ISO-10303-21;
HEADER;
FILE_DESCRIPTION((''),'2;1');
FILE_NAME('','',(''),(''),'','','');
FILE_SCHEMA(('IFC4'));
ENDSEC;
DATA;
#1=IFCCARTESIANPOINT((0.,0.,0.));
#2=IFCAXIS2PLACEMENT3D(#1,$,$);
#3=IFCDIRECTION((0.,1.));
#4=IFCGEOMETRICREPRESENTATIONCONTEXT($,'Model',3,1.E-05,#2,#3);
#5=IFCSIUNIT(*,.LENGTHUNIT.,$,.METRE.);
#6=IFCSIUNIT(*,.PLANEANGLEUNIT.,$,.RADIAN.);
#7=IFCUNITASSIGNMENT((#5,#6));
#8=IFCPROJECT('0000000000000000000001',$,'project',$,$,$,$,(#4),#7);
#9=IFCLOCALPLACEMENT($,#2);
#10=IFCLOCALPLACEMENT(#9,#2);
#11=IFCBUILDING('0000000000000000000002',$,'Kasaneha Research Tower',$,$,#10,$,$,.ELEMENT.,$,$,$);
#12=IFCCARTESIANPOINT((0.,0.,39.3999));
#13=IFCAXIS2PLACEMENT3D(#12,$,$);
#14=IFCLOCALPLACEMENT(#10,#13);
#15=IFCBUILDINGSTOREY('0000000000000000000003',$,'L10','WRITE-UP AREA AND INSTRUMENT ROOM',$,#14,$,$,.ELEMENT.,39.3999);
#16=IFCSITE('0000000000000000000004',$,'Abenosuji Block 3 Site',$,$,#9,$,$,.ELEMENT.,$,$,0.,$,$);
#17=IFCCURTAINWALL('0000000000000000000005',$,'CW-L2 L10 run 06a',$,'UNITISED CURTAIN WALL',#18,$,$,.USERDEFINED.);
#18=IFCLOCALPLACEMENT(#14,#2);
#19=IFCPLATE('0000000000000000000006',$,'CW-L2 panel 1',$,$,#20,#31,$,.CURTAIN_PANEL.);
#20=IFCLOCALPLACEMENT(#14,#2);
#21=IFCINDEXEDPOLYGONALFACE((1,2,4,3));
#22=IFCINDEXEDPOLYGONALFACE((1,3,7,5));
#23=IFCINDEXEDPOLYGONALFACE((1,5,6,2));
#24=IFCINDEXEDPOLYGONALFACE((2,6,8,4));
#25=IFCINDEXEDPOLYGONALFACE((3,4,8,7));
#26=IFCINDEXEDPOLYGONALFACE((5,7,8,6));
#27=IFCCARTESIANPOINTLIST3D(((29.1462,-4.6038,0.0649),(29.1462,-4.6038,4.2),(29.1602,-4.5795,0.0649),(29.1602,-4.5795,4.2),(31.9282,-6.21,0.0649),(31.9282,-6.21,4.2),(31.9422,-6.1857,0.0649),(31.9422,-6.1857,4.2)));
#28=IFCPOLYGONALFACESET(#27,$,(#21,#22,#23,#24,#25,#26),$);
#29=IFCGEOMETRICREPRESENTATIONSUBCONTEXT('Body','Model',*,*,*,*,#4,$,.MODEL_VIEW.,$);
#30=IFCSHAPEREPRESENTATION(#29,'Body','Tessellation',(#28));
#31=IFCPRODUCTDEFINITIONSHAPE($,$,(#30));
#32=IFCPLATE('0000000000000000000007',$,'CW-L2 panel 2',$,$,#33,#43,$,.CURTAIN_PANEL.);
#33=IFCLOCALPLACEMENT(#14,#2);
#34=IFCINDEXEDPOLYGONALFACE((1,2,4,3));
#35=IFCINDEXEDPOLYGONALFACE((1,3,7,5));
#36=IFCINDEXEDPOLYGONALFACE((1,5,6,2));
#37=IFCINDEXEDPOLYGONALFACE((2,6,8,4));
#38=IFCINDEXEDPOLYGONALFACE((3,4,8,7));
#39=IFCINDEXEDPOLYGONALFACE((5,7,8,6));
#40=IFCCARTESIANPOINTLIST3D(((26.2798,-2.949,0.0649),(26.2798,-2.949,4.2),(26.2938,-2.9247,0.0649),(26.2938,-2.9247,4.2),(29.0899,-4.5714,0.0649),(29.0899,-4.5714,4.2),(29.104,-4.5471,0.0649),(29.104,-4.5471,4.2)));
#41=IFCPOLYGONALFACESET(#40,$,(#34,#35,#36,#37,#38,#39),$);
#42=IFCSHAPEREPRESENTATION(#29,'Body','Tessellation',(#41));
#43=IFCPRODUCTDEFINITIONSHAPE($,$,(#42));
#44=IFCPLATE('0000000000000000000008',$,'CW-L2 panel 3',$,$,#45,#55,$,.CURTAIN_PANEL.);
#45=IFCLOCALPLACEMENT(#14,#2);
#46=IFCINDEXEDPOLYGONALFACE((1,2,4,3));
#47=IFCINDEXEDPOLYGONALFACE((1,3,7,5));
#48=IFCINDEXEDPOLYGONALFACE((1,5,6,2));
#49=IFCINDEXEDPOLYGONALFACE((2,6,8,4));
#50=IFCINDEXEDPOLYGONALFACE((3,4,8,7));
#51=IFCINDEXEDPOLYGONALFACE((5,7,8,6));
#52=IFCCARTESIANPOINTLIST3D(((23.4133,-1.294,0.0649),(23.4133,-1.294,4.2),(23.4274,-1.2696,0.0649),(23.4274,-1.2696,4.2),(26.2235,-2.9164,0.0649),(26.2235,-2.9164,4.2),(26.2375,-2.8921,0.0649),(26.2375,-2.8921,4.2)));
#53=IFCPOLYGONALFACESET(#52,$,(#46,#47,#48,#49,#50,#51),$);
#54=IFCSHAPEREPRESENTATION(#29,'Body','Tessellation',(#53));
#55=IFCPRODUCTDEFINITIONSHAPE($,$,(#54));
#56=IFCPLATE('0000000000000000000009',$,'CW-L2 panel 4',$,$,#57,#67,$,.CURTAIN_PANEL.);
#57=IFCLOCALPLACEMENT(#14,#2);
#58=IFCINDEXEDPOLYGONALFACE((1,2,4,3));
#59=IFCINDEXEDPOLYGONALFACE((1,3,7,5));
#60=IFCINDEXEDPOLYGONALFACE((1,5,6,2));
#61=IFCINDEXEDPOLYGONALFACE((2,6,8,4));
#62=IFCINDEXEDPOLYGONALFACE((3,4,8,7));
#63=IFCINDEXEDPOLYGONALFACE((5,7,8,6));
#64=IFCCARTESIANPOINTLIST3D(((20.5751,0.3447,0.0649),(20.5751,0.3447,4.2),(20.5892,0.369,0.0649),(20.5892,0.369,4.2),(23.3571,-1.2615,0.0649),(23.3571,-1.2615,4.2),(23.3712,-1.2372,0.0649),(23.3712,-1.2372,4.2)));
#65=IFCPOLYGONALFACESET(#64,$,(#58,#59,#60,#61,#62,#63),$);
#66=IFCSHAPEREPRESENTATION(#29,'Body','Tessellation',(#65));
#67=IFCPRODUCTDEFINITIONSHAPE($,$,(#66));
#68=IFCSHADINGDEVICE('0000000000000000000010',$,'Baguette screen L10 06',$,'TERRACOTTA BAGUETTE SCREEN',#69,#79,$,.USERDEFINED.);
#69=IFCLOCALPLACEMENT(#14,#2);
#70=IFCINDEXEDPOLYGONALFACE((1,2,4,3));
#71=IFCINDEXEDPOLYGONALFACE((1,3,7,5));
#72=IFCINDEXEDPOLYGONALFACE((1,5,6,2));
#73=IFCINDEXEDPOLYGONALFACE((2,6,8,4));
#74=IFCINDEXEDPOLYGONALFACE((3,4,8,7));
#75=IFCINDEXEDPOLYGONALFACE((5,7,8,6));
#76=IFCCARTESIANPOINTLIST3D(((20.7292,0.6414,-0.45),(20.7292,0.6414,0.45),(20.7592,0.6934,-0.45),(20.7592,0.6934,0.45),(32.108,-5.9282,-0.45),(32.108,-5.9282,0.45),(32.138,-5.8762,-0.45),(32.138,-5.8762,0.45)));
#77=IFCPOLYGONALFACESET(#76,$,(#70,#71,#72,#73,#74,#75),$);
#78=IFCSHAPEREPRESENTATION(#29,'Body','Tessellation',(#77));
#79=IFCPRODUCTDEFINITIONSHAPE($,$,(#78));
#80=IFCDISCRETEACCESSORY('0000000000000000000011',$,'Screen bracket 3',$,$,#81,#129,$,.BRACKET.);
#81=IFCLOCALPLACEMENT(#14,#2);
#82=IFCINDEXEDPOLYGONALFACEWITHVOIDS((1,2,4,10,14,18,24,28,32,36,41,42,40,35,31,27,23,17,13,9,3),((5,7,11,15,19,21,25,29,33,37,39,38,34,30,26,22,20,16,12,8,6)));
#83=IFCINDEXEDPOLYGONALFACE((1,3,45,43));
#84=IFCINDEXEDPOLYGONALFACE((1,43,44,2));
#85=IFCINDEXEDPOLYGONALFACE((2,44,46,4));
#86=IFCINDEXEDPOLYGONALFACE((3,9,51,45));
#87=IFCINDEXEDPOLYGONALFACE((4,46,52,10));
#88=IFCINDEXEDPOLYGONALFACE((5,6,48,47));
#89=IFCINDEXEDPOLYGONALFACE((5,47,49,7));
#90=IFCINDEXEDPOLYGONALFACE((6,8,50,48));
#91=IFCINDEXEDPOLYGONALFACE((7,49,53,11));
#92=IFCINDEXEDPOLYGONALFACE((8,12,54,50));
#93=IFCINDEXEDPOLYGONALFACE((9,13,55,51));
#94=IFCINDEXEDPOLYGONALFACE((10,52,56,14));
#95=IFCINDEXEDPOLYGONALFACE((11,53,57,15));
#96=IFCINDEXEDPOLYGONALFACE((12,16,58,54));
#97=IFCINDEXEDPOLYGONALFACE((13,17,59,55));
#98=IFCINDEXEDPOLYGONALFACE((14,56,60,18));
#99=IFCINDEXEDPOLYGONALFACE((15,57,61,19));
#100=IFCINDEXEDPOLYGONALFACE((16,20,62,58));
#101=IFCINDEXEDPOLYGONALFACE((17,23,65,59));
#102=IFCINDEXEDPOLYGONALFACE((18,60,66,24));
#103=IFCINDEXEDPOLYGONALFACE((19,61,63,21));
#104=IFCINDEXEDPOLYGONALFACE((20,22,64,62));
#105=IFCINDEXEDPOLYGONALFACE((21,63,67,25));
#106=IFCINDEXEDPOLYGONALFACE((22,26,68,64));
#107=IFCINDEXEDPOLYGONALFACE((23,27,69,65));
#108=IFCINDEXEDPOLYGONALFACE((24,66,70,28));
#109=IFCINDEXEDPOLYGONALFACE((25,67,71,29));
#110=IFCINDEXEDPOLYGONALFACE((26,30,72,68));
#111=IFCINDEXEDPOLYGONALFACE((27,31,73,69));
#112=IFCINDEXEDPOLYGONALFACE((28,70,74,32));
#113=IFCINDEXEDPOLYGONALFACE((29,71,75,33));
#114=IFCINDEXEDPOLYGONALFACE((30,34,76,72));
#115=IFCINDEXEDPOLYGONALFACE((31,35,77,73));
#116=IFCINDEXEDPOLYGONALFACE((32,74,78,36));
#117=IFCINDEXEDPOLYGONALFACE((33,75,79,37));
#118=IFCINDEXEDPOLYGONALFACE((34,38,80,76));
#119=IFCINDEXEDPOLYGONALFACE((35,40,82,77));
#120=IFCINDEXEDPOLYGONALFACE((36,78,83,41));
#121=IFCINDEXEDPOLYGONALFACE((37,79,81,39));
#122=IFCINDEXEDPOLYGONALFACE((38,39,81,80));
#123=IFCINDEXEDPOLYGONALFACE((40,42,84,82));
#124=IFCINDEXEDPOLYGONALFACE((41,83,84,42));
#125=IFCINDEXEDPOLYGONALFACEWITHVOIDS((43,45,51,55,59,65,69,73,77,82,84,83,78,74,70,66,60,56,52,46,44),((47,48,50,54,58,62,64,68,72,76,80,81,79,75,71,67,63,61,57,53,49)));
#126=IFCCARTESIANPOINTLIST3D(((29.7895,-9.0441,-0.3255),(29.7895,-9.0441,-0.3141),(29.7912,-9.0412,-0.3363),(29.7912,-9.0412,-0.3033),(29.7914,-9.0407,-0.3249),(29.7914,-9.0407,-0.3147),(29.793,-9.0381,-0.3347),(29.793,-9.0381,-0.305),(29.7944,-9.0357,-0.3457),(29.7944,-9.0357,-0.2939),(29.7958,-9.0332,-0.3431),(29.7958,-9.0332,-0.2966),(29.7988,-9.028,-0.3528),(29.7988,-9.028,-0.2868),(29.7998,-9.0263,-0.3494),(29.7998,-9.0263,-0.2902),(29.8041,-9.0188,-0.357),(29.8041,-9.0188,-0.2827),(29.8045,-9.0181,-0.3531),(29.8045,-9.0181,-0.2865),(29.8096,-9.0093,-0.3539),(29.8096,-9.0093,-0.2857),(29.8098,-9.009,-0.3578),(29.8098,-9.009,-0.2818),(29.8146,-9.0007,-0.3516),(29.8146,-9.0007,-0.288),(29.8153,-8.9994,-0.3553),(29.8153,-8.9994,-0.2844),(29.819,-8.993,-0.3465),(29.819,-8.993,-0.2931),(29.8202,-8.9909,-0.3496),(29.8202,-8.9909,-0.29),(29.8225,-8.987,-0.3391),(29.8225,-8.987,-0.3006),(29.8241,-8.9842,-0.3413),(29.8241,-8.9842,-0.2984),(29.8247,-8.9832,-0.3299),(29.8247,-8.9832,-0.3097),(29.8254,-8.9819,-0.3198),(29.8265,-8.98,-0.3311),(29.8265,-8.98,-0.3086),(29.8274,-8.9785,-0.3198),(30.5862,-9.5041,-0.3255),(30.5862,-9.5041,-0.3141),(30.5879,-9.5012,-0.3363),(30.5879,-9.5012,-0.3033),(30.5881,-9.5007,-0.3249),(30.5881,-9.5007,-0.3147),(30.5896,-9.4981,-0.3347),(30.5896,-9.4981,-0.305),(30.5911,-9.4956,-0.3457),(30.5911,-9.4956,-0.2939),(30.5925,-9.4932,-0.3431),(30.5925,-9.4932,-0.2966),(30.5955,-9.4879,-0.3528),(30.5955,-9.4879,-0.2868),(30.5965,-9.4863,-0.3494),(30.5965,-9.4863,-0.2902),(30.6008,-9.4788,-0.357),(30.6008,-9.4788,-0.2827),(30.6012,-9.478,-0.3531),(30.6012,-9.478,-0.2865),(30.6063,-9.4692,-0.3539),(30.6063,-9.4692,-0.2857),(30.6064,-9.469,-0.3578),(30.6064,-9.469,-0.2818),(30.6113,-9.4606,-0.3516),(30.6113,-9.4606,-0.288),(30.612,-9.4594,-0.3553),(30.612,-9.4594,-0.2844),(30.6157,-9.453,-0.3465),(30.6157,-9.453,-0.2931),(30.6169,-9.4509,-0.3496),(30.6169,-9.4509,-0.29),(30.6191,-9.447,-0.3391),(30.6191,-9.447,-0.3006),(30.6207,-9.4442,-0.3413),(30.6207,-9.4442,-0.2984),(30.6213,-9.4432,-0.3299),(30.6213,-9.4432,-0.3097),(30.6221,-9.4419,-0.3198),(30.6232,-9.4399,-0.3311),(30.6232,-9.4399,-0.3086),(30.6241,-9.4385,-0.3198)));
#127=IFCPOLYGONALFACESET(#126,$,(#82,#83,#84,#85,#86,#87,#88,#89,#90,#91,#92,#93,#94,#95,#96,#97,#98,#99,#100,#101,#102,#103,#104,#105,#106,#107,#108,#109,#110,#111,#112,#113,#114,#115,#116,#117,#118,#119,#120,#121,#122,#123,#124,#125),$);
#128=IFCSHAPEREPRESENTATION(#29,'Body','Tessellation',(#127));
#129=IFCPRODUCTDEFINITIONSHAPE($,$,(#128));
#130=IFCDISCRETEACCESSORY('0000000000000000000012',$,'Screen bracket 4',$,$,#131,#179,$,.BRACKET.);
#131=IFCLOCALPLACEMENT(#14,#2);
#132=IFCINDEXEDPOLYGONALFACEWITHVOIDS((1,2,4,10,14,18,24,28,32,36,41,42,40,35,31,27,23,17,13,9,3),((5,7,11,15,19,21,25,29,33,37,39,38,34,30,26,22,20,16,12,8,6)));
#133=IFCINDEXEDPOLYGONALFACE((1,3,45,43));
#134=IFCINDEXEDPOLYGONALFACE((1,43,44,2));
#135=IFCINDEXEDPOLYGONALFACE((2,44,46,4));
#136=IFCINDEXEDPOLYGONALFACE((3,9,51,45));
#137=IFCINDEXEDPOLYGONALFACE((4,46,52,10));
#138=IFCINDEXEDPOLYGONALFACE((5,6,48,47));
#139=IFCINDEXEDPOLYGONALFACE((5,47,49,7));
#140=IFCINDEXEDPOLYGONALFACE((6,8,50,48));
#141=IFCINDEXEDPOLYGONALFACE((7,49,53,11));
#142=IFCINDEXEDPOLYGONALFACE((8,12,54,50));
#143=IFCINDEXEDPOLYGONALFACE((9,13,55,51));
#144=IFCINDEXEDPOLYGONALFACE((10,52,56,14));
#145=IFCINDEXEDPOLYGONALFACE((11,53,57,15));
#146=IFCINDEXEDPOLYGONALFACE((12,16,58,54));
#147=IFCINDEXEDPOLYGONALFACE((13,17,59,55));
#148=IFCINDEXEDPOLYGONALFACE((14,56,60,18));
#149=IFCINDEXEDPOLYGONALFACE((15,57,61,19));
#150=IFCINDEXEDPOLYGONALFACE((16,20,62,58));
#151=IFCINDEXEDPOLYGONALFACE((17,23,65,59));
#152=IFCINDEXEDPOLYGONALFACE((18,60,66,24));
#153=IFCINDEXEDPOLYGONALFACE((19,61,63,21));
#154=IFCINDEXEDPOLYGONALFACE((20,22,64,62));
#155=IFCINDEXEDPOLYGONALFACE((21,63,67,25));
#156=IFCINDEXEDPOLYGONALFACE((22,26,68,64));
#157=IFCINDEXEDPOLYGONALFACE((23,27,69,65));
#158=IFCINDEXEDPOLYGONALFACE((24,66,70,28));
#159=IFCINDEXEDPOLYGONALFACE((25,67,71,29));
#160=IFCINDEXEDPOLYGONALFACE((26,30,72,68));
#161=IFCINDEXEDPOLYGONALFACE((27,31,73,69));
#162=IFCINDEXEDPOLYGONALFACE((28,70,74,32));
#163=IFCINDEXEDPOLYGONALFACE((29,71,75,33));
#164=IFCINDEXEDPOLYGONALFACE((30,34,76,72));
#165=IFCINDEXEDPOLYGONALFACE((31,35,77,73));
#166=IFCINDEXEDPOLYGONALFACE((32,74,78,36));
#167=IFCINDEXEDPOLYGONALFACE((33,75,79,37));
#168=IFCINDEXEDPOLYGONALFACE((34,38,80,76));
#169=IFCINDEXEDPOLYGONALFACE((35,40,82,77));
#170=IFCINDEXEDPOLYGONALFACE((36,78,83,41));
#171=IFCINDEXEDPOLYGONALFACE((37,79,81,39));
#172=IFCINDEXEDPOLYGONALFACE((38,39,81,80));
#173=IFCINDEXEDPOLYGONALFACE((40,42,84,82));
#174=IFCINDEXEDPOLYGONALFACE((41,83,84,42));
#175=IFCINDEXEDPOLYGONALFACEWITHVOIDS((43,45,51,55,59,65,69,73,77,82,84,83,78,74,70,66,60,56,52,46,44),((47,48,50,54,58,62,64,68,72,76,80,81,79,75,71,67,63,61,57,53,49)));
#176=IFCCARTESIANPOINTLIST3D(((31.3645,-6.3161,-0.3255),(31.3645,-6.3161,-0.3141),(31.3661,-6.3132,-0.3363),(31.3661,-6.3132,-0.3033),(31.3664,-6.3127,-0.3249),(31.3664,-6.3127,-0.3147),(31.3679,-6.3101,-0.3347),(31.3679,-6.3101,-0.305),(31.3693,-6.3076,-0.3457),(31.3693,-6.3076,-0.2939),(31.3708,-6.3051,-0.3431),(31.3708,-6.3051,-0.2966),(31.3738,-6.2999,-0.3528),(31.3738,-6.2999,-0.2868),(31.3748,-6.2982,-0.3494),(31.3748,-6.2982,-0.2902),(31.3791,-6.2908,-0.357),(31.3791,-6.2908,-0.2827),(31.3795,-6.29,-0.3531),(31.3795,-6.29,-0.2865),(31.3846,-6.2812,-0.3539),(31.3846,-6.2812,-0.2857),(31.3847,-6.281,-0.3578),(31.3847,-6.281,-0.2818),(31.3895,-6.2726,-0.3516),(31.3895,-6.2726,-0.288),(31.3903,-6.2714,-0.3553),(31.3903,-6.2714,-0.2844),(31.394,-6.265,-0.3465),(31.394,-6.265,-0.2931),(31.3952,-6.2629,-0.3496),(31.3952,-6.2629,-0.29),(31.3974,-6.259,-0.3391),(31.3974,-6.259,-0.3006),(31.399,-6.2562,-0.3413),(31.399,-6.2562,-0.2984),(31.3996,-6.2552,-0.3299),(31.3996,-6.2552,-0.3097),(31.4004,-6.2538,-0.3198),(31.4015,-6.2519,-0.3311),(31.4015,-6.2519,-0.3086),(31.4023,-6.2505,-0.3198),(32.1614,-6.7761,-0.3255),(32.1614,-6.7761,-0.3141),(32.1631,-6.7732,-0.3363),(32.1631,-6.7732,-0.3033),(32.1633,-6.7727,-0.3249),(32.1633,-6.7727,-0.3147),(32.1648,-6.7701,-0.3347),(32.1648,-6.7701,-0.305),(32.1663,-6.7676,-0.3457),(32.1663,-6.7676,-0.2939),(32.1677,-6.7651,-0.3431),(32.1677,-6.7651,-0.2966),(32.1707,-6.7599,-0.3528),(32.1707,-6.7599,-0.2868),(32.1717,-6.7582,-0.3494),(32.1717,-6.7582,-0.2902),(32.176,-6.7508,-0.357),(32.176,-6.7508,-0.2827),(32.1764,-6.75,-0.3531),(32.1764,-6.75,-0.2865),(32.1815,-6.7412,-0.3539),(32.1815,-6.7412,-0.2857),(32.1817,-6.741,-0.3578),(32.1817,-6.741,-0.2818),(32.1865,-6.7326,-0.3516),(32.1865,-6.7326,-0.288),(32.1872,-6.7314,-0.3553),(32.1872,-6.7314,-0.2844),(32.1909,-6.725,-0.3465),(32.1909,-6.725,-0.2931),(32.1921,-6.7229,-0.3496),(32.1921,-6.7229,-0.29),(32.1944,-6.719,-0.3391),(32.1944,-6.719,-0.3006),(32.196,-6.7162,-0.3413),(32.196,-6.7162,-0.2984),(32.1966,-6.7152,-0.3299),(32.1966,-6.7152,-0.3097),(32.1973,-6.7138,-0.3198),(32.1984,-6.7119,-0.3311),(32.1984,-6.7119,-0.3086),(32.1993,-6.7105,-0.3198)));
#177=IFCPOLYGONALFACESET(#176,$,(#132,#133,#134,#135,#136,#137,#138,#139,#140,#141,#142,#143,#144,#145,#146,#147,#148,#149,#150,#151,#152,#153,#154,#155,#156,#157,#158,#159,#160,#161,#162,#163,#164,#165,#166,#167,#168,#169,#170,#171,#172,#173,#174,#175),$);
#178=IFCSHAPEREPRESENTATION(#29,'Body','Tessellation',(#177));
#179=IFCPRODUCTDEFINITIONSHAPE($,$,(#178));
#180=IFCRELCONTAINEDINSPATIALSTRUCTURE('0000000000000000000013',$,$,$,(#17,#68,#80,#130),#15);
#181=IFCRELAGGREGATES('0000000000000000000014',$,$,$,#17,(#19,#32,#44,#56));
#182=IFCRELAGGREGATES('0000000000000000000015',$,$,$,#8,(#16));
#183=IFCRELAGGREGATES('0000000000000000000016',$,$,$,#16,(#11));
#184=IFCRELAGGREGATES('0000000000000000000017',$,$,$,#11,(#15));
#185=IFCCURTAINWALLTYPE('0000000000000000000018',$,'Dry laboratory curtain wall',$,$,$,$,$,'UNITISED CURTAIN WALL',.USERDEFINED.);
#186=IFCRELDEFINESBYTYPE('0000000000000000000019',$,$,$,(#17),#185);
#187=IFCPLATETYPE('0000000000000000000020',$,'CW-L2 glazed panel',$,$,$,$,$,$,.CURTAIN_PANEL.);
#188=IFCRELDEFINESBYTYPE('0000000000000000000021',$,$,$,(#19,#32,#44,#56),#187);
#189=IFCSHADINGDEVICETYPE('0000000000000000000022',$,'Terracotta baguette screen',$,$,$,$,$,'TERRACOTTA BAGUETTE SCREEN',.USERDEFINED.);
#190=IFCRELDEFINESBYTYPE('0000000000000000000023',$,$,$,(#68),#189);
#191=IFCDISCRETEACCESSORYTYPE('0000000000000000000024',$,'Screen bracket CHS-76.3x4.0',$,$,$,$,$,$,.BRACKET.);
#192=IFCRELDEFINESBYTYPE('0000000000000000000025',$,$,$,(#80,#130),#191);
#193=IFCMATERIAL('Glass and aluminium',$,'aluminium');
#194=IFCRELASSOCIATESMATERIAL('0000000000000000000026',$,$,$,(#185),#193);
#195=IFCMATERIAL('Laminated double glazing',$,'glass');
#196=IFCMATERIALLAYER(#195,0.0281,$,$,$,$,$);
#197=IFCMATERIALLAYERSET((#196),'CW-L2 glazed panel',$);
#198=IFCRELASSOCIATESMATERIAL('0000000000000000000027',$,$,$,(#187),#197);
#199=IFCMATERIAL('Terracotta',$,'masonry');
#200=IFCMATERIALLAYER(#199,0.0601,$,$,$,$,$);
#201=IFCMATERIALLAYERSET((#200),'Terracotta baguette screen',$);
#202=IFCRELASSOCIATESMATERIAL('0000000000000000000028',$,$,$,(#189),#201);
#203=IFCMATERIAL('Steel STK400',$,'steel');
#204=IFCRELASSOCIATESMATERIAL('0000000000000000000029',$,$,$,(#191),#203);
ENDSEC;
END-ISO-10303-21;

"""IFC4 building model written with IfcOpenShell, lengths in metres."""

from ifc_helpers import new_model, si_unit, direction, frame, origin, origin_2d, place, context, subcontext, project, spatial, rectangle, hollow_circle, extrude, material, layer, layer_set, material_profile, profile_set, type_object, element, aggregate, save


model = new_model("IFC4")

# Units and contexts
model_context = context("Model", 3, precision=1e-05, world=origin(), true_north=direction((0.0, 1.0)))
body_context = subcontext(model_context, "Body", "Model", "MODEL_VIEW")
ifc_project = project(units=[si_unit("LENGTHUNIT", "METRE"), si_unit("PLANEANGLEUNIT", "RADIAN")], contexts=[model_context])

# Site, building, storey
site_placement = place(None, origin())
site = spatial("IfcSite", under=ifc_project, at=site_placement, Name="Abenosuji Block 3 Site", CompositionType="ELEMENT", RefElevation=0.0)
building_placement = place(site_placement, origin())
building = spatial("IfcBuilding", under=site, at=building_placement, Name="Kasaneha Research Tower", CompositionType="ELEMENT")
storey_placement = place(building_placement, frame((0.0, 0.0, 39.3999)))
storey = spatial("IfcBuildingStorey", under=building, at=storey_placement, Name="L10", Description="WRITE-UP AREA AND INSTRUMENT ROOM", CompositionType="ELEMENT", Elevation=39.3999)

# Curtain wall
ifc_material_1 = material(Name="Glass and aluminium", Category="aluminium")
curtain_wall_type = type_object("IfcCurtainWallType", Name="Dry laboratory curtain wall", ElementType="UNITISED CURTAIN WALL", PredefinedType="USERDEFINED", material=ifc_material_1)
curtain_wall_1_placement = place(storey_placement, origin())
curtain_wall_1 = element("IfcCurtainWall", 1, at=curtain_wall_1_placement, inside=storey, type_object=curtain_wall_type, Name="CW-L2 L10 run 06a", ObjectType="UNITISED CURTAIN WALL", PredefinedType="USERDEFINED")

# Plates
ifc_material_2 = material(Name="Laminated double glazing", Category="glass")
ifc_layer_1 = layer(ifc_material_2, 0.0281)
ifc_layer_set_1 = layer_set([ifc_layer_1], Name="CW-L2 glazed panel")
plate_type = type_object("IfcPlateType", Name="CW-L2 glazed panel", PredefinedType="CURTAIN_PANEL", material=ifc_layer_set_1)
plate_1_placement = place(storey_placement, frame((30.5442, -5.3948, 0.0649), z_axis=(0.0, 0.0, 1.0), x_axis=(-0.866025, 0.5, 0.0)))
plate_1 = element("IfcPlate", 2, at=plate_1_placement, type_object=plate_type, Name="CW-L2 panel 1", PredefinedType="CURTAIN_PANEL", context=body_context, shape_type="SweptSolid", body=[
    extrude(rectangle(XDim=3.2124, YDim=0.0281, at=origin_2d()), origin(), (0.0, 0.0, 1.0), 4.135),
])
plate_2_placement = place(storey_placement, frame((27.6919, -3.748, 0.0649), z_axis=(0.0, 0.0, 1.0), x_axis=(-0.866025, 0.5, 0.0)))
plate_2 = element("IfcPlate", 3, at=plate_2_placement, type_object=plate_type, Name="CW-L2 panel 2", PredefinedType="CURTAIN_PANEL", context=body_context, shape_type="SweptSolid", body=[
    extrude(rectangle(XDim=3.2449, YDim=0.0281, at=origin_2d()), origin(), (0.0, 0.0, 1.0), 4.135),
])
plate_3_placement = place(storey_placement, frame((24.8254, -2.093, 0.0649), z_axis=(0.0, 0.0, 1.0), x_axis=(-0.866025, 0.5, 0.0)))
plate_3 = element("IfcPlate", 4, at=plate_3_placement, type_object=plate_type, Name="CW-L2 panel 3", PredefinedType="CURTAIN_PANEL", context=body_context, shape_type="SweptSolid", body=[
    extrude(rectangle(XDim=3.2449, YDim=0.0281, at=origin_2d()), origin(), (0.0, 0.0, 1.0), 4.135),
])
plate_4_placement = place(storey_placement, frame((21.9731, -0.4463, 0.0649), z_axis=(0.0, 0.0, 1.0), x_axis=(-0.866025, 0.5, 0.0)))
plate_4 = element("IfcPlate", 5, at=plate_4_placement, type_object=plate_type, Name="CW-L2 panel 4", PredefinedType="CURTAIN_PANEL", context=body_context, shape_type="SweptSolid", body=[
    extrude(rectangle(XDim=3.2124, YDim=0.0281, at=origin_2d()), origin(), (0.0, 0.0, 1.0), 4.135),
])
aggregate(curtain_wall_1, [plate_1, plate_2, plate_3, plate_4])

# Shading device
ifc_material_3 = material(Name="Terracotta", Category="masonry")
ifc_layer_2 = layer(ifc_material_3, 0.0601)
ifc_layer_set_2 = layer_set([ifc_layer_2], Name="Terracotta baguette screen")
shading_device_type = type_object("IfcShadingDeviceType", Name="Terracotta baguette screen", ElementType="TERRACOTTA BAGUETTE SCREEN", PredefinedType="USERDEFINED", material=ifc_layer_set_2)
shading_device_placement = place(storey_placement, frame((26.4336, -2.6174, -0.45), z_axis=(0.0, 0.0, 1.0), x_axis=(-0.866025, 0.5, 0.0)))
element("IfcShadingDevice", 6, at=shading_device_placement, inside=storey, type_object=shading_device_type, Name="Baguette screen L10 06", ObjectType="TERRACOTTA BAGUETTE SCREEN", PredefinedType="USERDEFINED", context=body_context, shape_type="SweptSolid", body=[
    extrude(rectangle(XDim=13.1392, YDim=0.0601, at=origin_2d()), origin(), (0.0, 0.0, 1.0), 0.8999),
])

# Discrete accessories
ifc_material_4 = material(Name="Steel STK400", Category="steel")
ifc_material_profile_1 = material_profile(ifc_material_4, hollow_circle(Radius=0.0381, WallThickness=0.0039, at=origin_2d()), Name="CHS-76.3x4.0")
ifc_profile_set_1 = profile_set([ifc_material_profile_1], Name="Steel STK400")
discrete_accessory_type = type_object("IfcDiscreteAccessoryType", Name="Screen bracket CHS-76.3x4.0", PredefinedType="BRACKET", material=ifc_profile_set_1)
discrete_accessory_1_placement = place(storey_placement, frame((29.8083, -9.0115, -0.3198), z_axis=(0.866013, -0.500021, 0.0), x_axis=(0.500021, 0.866013, 0.0)))
element("IfcDiscreteAccessory", 7, at=discrete_accessory_1_placement, inside=storey, type_object=discrete_accessory_type, Name="Screen bracket 3", PredefinedType="BRACKET", context=body_context, shape_type="SweptSolid", body=[
    extrude(hollow_circle(Radius=0.0381, WallThickness=0.0039, at=origin_2d()), origin(), (0.0, 0.0, 1.0), 0.9199),
])
discrete_accessory_2_placement = place(storey_placement, frame((31.3833, -6.2834, -0.3198), z_axis=(0.86608, -0.499906, 0.0), x_axis=(0.499906, 0.86608, 0.0)))
element("IfcDiscreteAccessory", 8, at=discrete_accessory_2_placement, inside=storey, type_object=discrete_accessory_type, Name="Screen bracket 4", PredefinedType="BRACKET", context=body_context, shape_type="SweptSolid", body=[
    extrude(hollow_circle(Radius=0.0381, WallThickness=0.0039, at=origin_2d()), origin(), (0.0, 0.0, 1.0), 0.9202),
])

save(model, "model.ifc")
